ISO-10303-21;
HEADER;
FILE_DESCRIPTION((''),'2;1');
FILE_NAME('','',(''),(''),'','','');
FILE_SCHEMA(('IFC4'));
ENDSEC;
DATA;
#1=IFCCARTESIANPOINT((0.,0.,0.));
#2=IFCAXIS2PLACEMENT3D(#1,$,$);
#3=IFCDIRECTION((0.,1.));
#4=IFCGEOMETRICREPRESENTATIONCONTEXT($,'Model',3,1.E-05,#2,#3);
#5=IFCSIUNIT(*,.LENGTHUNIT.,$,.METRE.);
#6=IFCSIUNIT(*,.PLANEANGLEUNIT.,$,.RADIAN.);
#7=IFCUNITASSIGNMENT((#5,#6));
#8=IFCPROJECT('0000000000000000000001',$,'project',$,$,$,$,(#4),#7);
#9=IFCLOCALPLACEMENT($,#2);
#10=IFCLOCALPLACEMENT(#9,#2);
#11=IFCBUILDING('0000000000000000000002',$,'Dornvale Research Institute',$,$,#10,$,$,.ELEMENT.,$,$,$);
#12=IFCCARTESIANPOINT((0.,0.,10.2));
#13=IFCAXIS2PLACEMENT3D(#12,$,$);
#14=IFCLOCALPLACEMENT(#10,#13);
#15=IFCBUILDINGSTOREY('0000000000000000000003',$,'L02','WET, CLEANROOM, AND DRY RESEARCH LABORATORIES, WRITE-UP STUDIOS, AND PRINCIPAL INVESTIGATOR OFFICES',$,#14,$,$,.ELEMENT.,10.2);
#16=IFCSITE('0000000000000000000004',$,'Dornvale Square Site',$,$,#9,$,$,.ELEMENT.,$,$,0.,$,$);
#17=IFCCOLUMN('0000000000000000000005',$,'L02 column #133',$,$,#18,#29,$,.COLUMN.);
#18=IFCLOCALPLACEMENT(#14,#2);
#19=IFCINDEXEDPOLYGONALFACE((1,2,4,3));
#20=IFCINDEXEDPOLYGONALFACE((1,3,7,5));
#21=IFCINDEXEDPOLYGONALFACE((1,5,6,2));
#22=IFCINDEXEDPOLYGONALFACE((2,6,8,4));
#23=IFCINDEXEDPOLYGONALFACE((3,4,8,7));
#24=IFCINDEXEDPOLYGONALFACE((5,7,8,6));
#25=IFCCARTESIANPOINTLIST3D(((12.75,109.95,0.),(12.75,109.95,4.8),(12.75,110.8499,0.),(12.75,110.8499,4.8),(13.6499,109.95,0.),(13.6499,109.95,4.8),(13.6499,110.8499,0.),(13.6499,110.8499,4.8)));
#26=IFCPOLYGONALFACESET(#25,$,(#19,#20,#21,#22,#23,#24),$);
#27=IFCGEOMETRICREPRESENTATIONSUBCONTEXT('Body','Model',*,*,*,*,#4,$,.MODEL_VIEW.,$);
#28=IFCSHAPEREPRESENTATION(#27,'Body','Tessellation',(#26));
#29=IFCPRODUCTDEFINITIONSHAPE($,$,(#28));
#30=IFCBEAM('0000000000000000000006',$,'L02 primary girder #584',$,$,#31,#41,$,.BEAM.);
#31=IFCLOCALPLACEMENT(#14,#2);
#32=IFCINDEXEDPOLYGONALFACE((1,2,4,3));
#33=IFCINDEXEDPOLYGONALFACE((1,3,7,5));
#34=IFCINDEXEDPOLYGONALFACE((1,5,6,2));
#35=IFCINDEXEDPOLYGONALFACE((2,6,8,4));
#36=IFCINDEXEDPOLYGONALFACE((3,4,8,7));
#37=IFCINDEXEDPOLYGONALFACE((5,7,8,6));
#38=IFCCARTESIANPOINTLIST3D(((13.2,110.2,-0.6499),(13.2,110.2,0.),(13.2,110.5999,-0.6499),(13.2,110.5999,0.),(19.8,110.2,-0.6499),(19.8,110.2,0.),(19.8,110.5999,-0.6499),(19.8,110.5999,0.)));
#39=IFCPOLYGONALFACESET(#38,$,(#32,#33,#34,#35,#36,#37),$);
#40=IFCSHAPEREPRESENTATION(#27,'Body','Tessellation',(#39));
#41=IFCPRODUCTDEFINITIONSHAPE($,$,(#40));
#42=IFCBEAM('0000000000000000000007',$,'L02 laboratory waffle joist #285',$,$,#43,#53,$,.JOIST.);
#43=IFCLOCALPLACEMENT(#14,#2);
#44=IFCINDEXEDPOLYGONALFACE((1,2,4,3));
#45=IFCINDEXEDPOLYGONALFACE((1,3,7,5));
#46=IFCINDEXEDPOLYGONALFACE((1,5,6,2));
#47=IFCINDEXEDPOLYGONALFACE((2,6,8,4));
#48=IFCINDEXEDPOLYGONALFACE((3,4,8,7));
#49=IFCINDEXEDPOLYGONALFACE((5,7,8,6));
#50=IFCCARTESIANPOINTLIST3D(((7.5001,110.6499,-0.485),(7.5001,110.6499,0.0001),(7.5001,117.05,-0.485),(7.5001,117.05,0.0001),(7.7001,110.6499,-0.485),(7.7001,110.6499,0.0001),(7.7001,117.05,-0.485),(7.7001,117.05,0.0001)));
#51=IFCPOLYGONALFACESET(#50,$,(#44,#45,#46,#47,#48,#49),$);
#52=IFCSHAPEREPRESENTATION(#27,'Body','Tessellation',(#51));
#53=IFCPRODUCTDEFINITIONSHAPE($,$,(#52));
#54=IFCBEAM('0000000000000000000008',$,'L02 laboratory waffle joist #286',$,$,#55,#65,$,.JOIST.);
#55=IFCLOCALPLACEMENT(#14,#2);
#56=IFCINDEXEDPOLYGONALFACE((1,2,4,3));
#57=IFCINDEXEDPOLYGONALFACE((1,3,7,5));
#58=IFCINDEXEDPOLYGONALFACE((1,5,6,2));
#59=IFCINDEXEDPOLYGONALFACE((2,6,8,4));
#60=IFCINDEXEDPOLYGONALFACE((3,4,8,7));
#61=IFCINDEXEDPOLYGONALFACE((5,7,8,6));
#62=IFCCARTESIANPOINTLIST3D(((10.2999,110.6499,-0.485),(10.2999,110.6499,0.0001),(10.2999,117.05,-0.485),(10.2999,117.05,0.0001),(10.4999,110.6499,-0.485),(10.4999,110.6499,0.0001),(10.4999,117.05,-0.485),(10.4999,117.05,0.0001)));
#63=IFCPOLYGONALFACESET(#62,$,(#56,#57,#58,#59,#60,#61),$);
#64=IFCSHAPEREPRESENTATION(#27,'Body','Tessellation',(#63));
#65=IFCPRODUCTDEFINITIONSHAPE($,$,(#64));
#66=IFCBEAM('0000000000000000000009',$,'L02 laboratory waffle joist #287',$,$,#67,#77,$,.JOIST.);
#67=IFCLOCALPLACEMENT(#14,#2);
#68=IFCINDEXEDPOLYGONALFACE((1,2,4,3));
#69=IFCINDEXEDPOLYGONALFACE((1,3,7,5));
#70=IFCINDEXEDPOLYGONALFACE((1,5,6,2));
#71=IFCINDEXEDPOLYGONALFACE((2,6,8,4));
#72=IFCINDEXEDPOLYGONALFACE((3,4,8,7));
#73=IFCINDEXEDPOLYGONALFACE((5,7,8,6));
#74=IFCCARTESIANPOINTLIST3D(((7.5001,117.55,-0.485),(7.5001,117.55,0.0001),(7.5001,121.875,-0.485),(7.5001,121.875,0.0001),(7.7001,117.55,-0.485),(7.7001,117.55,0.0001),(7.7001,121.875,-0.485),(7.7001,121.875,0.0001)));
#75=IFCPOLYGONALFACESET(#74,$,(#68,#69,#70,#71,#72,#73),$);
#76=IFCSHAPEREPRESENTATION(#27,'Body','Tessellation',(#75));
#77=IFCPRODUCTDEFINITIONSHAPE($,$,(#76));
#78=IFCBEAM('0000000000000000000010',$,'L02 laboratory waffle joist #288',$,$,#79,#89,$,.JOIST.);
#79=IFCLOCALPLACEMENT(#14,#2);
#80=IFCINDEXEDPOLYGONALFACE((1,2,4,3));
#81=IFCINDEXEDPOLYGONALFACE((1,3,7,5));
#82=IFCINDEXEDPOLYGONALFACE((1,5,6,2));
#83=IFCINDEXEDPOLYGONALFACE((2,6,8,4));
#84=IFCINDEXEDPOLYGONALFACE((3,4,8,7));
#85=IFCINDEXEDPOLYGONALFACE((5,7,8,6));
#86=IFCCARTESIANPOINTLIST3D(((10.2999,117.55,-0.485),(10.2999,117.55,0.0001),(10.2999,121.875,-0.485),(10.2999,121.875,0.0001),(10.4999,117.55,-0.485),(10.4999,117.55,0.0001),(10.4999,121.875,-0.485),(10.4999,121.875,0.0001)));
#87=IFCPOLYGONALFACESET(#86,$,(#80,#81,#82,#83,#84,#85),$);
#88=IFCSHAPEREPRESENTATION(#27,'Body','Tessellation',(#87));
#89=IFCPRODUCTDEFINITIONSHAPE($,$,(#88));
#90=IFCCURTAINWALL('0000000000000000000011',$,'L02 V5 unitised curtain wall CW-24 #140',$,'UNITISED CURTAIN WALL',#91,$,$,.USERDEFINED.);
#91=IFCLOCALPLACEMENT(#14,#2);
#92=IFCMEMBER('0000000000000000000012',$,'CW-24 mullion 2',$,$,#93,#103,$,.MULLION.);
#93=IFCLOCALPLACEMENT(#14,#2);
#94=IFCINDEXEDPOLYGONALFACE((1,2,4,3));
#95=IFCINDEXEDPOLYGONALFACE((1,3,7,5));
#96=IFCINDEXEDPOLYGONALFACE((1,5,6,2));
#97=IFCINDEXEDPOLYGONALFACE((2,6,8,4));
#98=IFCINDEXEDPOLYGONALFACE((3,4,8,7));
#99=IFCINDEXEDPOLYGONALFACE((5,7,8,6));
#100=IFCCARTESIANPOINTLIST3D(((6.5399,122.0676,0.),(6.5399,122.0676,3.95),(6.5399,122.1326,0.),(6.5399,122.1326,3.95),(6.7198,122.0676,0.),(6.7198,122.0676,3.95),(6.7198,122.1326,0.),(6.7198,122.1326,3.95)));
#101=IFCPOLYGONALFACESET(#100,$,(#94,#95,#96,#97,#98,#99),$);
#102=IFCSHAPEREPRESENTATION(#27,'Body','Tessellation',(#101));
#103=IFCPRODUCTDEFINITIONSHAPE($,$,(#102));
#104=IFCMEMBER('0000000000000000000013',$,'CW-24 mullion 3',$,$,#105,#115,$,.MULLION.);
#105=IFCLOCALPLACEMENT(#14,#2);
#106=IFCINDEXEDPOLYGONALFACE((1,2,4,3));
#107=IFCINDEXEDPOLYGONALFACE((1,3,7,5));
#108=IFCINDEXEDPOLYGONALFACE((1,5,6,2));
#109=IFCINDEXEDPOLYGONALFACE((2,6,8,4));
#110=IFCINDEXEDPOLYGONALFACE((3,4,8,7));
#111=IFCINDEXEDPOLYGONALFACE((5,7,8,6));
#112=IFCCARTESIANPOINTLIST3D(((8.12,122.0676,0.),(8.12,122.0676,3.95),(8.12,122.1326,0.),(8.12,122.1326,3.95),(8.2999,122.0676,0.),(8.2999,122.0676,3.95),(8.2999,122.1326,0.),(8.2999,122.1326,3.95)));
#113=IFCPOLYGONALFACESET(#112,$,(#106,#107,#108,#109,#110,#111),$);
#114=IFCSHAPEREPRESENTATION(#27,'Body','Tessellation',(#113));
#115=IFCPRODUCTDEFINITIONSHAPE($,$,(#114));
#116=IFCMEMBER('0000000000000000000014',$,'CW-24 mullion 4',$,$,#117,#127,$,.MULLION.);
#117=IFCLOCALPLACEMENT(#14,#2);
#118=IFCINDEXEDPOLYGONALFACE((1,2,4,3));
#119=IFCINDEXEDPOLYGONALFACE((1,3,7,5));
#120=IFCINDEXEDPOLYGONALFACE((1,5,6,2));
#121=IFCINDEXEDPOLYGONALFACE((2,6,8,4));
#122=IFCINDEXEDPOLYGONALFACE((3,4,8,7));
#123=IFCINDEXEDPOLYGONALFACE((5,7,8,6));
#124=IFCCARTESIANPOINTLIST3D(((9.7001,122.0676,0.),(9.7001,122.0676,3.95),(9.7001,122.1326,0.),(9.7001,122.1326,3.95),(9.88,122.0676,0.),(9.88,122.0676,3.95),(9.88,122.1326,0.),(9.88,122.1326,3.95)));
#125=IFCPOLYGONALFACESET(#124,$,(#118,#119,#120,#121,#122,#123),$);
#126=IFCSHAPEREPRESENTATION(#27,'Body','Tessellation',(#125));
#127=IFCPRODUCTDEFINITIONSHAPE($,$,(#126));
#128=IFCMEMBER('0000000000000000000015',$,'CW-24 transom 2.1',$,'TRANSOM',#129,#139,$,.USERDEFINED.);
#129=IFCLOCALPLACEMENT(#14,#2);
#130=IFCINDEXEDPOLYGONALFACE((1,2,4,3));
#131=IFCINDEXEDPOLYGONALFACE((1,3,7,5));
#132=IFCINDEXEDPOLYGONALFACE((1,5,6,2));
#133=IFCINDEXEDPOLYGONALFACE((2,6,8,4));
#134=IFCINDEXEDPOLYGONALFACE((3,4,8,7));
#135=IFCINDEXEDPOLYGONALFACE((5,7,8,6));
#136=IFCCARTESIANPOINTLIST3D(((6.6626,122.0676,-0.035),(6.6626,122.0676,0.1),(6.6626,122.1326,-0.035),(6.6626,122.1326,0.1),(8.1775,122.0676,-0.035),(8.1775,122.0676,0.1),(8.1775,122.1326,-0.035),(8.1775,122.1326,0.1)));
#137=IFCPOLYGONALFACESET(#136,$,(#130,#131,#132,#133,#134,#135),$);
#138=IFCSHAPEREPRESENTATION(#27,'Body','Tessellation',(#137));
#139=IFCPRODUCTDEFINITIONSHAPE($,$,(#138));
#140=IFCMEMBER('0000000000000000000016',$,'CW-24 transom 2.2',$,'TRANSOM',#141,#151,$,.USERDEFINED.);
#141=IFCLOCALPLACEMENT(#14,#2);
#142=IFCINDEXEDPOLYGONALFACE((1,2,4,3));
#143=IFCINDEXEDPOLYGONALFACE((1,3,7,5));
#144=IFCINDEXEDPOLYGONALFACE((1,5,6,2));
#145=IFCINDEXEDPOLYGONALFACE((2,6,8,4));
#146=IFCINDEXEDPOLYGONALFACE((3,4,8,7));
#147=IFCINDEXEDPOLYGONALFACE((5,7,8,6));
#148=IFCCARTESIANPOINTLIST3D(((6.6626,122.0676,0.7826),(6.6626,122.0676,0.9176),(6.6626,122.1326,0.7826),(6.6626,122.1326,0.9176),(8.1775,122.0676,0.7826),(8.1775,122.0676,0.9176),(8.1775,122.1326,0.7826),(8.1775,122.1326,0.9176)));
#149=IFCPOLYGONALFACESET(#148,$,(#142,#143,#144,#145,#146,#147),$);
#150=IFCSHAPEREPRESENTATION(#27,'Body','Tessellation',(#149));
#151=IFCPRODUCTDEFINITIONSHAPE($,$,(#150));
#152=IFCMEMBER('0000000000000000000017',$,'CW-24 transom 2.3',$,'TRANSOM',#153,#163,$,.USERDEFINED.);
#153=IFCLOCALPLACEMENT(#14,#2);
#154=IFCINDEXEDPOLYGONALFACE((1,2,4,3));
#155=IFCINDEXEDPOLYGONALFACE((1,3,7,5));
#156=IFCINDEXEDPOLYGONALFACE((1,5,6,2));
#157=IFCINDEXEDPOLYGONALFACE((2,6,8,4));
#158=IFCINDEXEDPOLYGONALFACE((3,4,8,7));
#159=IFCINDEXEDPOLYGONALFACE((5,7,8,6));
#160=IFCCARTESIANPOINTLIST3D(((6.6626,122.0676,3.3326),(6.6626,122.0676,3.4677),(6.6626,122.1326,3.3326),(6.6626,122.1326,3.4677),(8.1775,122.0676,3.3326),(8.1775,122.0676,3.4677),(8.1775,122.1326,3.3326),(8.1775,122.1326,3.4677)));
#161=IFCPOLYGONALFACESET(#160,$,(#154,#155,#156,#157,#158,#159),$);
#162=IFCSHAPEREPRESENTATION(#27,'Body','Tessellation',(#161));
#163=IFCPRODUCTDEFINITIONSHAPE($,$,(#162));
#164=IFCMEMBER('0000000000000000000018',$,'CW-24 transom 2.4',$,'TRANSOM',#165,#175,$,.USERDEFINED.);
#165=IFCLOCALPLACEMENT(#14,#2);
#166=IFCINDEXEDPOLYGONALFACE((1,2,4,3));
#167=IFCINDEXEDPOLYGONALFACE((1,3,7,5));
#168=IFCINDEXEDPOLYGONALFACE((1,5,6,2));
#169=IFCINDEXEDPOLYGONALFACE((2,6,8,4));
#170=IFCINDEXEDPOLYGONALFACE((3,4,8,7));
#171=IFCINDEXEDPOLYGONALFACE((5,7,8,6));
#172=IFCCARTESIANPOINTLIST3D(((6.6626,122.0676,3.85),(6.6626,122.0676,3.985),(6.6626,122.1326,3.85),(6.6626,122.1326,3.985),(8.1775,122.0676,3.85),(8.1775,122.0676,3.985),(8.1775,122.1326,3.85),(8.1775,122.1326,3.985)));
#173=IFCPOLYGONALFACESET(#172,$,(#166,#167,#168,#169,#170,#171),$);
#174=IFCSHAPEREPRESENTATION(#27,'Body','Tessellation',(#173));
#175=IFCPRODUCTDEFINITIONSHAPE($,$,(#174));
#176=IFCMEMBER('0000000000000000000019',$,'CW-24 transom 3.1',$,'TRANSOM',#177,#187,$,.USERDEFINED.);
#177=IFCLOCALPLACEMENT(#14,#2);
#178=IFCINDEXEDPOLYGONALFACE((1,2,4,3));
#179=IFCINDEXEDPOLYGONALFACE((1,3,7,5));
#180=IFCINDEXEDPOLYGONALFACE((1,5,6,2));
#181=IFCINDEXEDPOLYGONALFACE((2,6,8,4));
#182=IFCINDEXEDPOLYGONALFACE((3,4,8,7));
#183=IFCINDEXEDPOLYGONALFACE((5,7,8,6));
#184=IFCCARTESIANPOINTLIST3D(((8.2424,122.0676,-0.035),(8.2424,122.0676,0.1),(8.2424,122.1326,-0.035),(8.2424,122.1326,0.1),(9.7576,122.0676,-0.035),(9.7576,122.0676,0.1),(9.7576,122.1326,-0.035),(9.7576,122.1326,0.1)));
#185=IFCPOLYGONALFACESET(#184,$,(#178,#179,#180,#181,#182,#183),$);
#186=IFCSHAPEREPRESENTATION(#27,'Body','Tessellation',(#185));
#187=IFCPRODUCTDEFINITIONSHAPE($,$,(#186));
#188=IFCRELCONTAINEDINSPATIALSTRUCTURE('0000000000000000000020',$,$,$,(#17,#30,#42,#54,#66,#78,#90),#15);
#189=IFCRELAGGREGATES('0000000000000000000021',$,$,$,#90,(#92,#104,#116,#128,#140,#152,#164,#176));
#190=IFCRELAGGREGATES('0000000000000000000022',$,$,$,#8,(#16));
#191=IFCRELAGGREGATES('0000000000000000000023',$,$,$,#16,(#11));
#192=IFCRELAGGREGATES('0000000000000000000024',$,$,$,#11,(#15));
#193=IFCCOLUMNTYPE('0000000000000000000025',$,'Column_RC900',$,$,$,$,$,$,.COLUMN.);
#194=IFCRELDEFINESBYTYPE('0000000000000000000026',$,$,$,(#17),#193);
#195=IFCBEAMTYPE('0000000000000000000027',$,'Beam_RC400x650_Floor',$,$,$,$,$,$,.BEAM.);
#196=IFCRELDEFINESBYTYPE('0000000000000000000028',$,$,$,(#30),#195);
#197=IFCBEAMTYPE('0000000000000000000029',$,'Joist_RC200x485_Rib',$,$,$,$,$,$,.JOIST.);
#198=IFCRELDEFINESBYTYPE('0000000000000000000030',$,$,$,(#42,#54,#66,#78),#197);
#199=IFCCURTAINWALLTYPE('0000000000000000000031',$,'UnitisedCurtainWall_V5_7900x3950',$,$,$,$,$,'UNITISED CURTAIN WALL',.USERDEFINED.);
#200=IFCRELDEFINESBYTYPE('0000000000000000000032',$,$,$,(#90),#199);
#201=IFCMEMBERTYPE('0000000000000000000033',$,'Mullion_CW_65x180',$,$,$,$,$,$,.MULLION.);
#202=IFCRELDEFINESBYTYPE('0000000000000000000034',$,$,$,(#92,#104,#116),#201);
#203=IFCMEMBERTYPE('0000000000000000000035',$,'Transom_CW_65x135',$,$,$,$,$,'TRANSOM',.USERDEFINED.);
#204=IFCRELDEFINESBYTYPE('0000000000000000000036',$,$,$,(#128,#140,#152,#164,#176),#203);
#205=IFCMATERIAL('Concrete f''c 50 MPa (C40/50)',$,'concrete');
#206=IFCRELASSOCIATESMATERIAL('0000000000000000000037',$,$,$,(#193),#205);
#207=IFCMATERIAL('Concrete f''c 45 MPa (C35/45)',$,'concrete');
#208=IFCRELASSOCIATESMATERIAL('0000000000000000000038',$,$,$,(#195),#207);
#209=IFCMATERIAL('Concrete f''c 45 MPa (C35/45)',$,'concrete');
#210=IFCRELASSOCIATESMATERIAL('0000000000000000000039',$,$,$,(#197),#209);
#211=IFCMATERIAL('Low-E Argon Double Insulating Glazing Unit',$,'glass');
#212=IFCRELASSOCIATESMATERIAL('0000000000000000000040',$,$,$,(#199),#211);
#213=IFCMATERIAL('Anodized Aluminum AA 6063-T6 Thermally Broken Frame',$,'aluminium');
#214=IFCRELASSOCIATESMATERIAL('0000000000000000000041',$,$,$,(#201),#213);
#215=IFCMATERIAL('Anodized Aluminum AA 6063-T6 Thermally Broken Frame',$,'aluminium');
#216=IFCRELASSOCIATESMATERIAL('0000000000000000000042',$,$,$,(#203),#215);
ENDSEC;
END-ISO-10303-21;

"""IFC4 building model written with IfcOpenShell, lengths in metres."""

from ifc_helpers import new_model, si_unit, direction, frame, origin, origin_2d, place, context, subcontext, project, spatial, rectangle, extrude, material, material_profile, profile_set, type_object, element, aggregate, save


model = new_model("IFC4")

# Units and contexts
model_context = context("Model", 3, precision=1e-05, world=origin(), true_north=direction((0.0, 1.0)))
body_context = subcontext(model_context, "Body", "Model", "MODEL_VIEW")
ifc_project = project(units=[si_unit("LENGTHUNIT", "METRE"), si_unit("PLANEANGLEUNIT", "RADIAN")], contexts=[model_context])

# Site, building, storey
site_placement = place(None, origin())
site = spatial("IfcSite", under=ifc_project, at=site_placement, Name="Dornvale Square Site", CompositionType="ELEMENT", RefElevation=0.0)
building_placement = place(site_placement, origin())
building = spatial("IfcBuilding", under=site, at=building_placement, Name="Dornvale Research Institute", CompositionType="ELEMENT")
storey_placement = place(building_placement, frame((0.0, 0.0, 10.2)))
storey = spatial("IfcBuildingStorey", under=building, at=storey_placement, Name="L02", Description="WET, CLEANROOM, AND DRY RESEARCH LABORATORIES, WRITE-UP STUDIOS, AND PRINCIPAL INVESTIGATOR OFFICES", CompositionType="ELEMENT", Elevation=10.2)

# Column
ifc_material_1 = material(Name="Concrete f'c 50 MPa (C40/50)", Category="concrete")
ifc_material_profile_1 = material_profile(ifc_material_1, rectangle(XDim=0.8999, YDim=0.8999, at=origin_2d()), Name="RC 900x900")
ifc_profile_set_1 = profile_set([ifc_material_profile_1], Name="Concrete f'c 50 MPa (C40/50)")
column_type = type_object("IfcColumnType", Name="Column_RC900", PredefinedType="COLUMN", material=ifc_profile_set_1)
column_placement = place(storey_placement, frame((13.2, 110.3999, 0.0), z_axis=(0.0, 0.0, 1.0), x_axis=(1.0, 0.0, 0.0)))
element("IfcColumn", 1, at=column_placement, inside=storey, type_object=column_type, Name="L02 column #133", PredefinedType="COLUMN", context=body_context, shape_type="SweptSolid", body=[
    extrude(rectangle(XDim=0.8999, YDim=0.8999, at=origin_2d()), origin(), (0.0, 0.0, 1.0), 4.8),
])

# Beams
ifc_material_2 = material(Name="Concrete f'c 45 MPa (C35/45)", Category="concrete")
ifc_material_profile_2 = material_profile(ifc_material_2, rectangle(XDim=0.3999, YDim=0.6499, at=origin_2d()), Name="RC 400x650")
ifc_profile_set_2 = profile_set([ifc_material_profile_2], Name="Concrete f'c 45 MPa (C35/45)")
beam_type_1 = type_object("IfcBeamType", Name="Beam_RC400x650_Floor", PredefinedType="BEAM", material=ifc_profile_set_2)
beam_placement = place(storey_placement, frame((13.2, 110.3999, -0.325), z_axis=(1.0, 0.0, 0.0), x_axis=(0.0, 1.0, 0.0)))
element("IfcBeam", 2, at=beam_placement, inside=storey, type_object=beam_type_1, Name="L02 primary girder #584", PredefinedType="BEAM", context=body_context, shape_type="SweptSolid", body=[
    extrude(rectangle(XDim=0.3999, YDim=0.6499, at=origin_2d()), origin(), (0.0, 0.0, 1.0), 6.6001),
])
ifc_material_3 = material(Name="Concrete f'c 45 MPa (C35/45)", Category="concrete")
ifc_material_profile_3 = material_profile(ifc_material_3, rectangle(XDim=0.2, YDim=0.4851, at=origin_2d()), Name="RC 200x485")
ifc_profile_set_3 = profile_set([ifc_material_profile_3], Name="Concrete f'c 45 MPa (C35/45)")
beam_type_2 = type_object("IfcBeamType", Name="Joist_RC200x485_Rib", PredefinedType="JOIST", material=ifc_profile_set_3)
for number, where, z_axis, x_axis, name in (
    (3, (7.6001, 110.6499, -0.2424), (0.0, 1.0, 0.0), (-1.0, 0.0, 0.0), "L02 laboratory waffle joist #285"),
    (4, (10.3999, 110.6499, -0.2424), (0.0, 1.0, 0.0), (-1.0, 0.0, 0.0), "L02 laboratory waffle joist #286"),
):
    element("IfcBeam", number, at=place(storey_placement, frame(where, z_axis=z_axis, x_axis=x_axis)), inside=storey, type_object=beam_type_2, Name=name, PredefinedType="JOIST", context=body_context, shape_type="SweptSolid", body=[
        extrude(rectangle(XDim=0.2, YDim=0.4851, at=origin_2d()), origin(), (0.0, 0.0, 1.0), 6.4001),
    ])
for number, where, z_axis, x_axis, name in (
    (5, (7.6001, 117.55, -0.2424), (0.0, 1.0, 0.0), (-1.0, 0.0, 0.0), "L02 laboratory waffle joist #287"),
    (6, (10.3999, 117.55, -0.2424), (0.0, 1.0, 0.0), (-1.0, 0.0, 0.0), "L02 laboratory waffle joist #288"),
):
    element("IfcBeam", number, at=place(storey_placement, frame(where, z_axis=z_axis, x_axis=x_axis)), inside=storey, type_object=beam_type_2, Name=name, PredefinedType="JOIST", context=body_context, shape_type="SweptSolid", body=[
        extrude(rectangle(XDim=0.2, YDim=0.4851, at=origin_2d()), origin(), (0.0, 0.0, 1.0), 4.325),
    ])

# Curtain wall, members
ifc_material_4 = material(Name="Low-E Argon Double Insulating Glazing Unit", Category="glass")
curtain_wall_type = type_object("IfcCurtainWallType", Name="UnitisedCurtainWall_V5_7900x3950", ElementType="UNITISED CURTAIN WALL", PredefinedType="USERDEFINED", material=ifc_material_4)
curtain_wall_placement = place(storey_placement, origin())
curtain_wall = element("IfcCurtainWall", 7, at=curtain_wall_placement, inside=storey, type_object=curtain_wall_type, Name="L02 V5 unitised curtain wall CW-24 #140", ObjectType="UNITISED CURTAIN WALL", PredefinedType="USERDEFINED")
ifc_material_5 = material(Name="Anodized Aluminum AA 6063-T6 Thermally Broken Frame", Category="aluminium")
ifc_material_profile_4 = material_profile(ifc_material_5, rectangle(XDim=0.0649, YDim=0.1799, at=origin_2d()), Name="ALU MULLION 65x180")
ifc_profile_set_4 = profile_set([ifc_material_profile_4], Name="Anodized Aluminum AA 6063-T6 Thermally Broken Frame")
member_type_1 = type_object("IfcMemberType", Name="Mullion_CW_65x180", PredefinedType="MULLION", material=ifc_profile_set_4)
member_1_placement = place(storey_placement, frame((6.6299, 122.1001, 0.0), z_axis=(0.0, 0.0, 1.0), x_axis=(0.0, 1.0, 0.0)))
member_1 = element("IfcMember", 8, at=member_1_placement, type_object=member_type_1, Name="CW-24 mullion 2", PredefinedType="MULLION", context=body_context, shape_type="SweptSolid", body=[
    extrude(rectangle(XDim=0.0649, YDim=0.1799, at=origin_2d()), origin(), (0.0, 0.0, 1.0), 3.95),
])
member_2_placement = place(storey_placement, frame((8.21, 122.1001, 0.0), z_axis=(0.0, 0.0, 1.0), x_axis=(0.0, 1.0, 0.0)))
member_2 = element("IfcMember", 9, at=member_2_placement, type_object=member_type_1, Name="CW-24 mullion 3", PredefinedType="MULLION", context=body_context, shape_type="SweptSolid", body=[
    extrude(rectangle(XDim=0.0649, YDim=0.1799, at=origin_2d()), origin(), (0.0, 0.0, 1.0), 3.95),
])
member_3_placement = place(storey_placement, frame((9.79, 122.1001, 0.0), z_axis=(0.0, 0.0, 1.0), x_axis=(0.0, 1.0, 0.0)))
member_3 = element("IfcMember", 10, at=member_3_placement, type_object=member_type_1, Name="CW-24 mullion 4", PredefinedType="MULLION", context=body_context, shape_type="SweptSolid", body=[
    extrude(rectangle(XDim=0.0649, YDim=0.1799, at=origin_2d()), origin(), (0.0, 0.0, 1.0), 3.95),
])
ifc_material_6 = material(Name="Anodized Aluminum AA 6063-T6 Thermally Broken Frame", Category="aluminium")
ifc_material_profile_5 = material_profile(ifc_material_6, rectangle(XDim=0.0649, YDim=0.135, at=origin_2d()), Name="ALU TRANSOM 65x135")
ifc_profile_set_5 = profile_set([ifc_material_profile_5], Name="Anodized Aluminum AA 6063-T6 Thermally Broken Frame")
member_type_2 = type_object("IfcMemberType", Name="Transom_CW_65x135", ElementType="TRANSOM", PredefinedType="USERDEFINED", material=ifc_profile_set_5)
member_4_placement = place(storey_placement, frame((6.6626, 122.1001, 0.0325), z_axis=(1.0, 0.0, 0.0), x_axis=(0.0, 1.0, 0.0)))
member_4 = element("IfcMember", 11, at=member_4_placement, type_object=member_type_2, Name="CW-24 transom 2.1", ObjectType="TRANSOM", PredefinedType="USERDEFINED", context=body_context, shape_type="SweptSolid", body=[
    extrude(rectangle(XDim=0.0649, YDim=0.135, at=origin_2d()), origin(), (0.0, 0.0, 1.0), 1.5149),
])
member_5_placement = place(storey_placement, frame((6.6626, 122.1001, 0.8501), z_axis=(1.0, 0.0, 0.0), x_axis=(0.0, 1.0, 0.0)))
member_5 = element("IfcMember", 12, at=member_5_placement, type_object=member_type_2, Name="CW-24 transom 2.2", ObjectType="TRANSOM", PredefinedType="USERDEFINED", context=body_context, shape_type="SweptSolid", body=[
    extrude(rectangle(XDim=0.0649, YDim=0.135, at=origin_2d()), origin(), (0.0, 0.0, 1.0), 1.5149),
])
member_6_placement = place(storey_placement, frame((6.6626, 122.1001, 3.4001), z_axis=(1.0, 0.0, 0.0), x_axis=(0.0, 1.0, 0.0)))
member_6 = element("IfcMember", 13, at=member_6_placement, type_object=member_type_2, Name="CW-24 transom 2.3", ObjectType="TRANSOM", PredefinedType="USERDEFINED", context=body_context, shape_type="SweptSolid", body=[
    extrude(rectangle(XDim=0.0649, YDim=0.135, at=origin_2d()), origin(), (0.0, 0.0, 1.0), 1.5149),
])
member_7_placement = place(storey_placement, frame((6.6626, 122.1001, 3.9175), z_axis=(1.0, 0.0, 0.0), x_axis=(0.0, 1.0, 0.0)))
member_7 = element("IfcMember", 14, at=member_7_placement, type_object=member_type_2, Name="CW-24 transom 2.4", ObjectType="TRANSOM", PredefinedType="USERDEFINED", context=body_context, shape_type="SweptSolid", body=[
    extrude(rectangle(XDim=0.0649, YDim=0.135, at=origin_2d()), origin(), (0.0, 0.0, 1.0), 1.5149),
])
member_8_placement = place(storey_placement, frame((8.2424, 122.1001, 0.0325), z_axis=(1.0, 0.0, 0.0), x_axis=(0.0, 1.0, 0.0)))
member_8 = element("IfcMember", 15, at=member_8_placement, type_object=member_type_2, Name="CW-24 transom 3.1", ObjectType="TRANSOM", PredefinedType="USERDEFINED", context=body_context, shape_type="SweptSolid", body=[
    extrude(rectangle(XDim=0.0649, YDim=0.135, at=origin_2d()), origin(), (0.0, 0.0, 1.0), 1.5151),
])
aggregate(curtain_wall, [member_1, member_2, member_3, member_4, member_5, member_6, member_7, member_8])

save(model, "model.ifc")
